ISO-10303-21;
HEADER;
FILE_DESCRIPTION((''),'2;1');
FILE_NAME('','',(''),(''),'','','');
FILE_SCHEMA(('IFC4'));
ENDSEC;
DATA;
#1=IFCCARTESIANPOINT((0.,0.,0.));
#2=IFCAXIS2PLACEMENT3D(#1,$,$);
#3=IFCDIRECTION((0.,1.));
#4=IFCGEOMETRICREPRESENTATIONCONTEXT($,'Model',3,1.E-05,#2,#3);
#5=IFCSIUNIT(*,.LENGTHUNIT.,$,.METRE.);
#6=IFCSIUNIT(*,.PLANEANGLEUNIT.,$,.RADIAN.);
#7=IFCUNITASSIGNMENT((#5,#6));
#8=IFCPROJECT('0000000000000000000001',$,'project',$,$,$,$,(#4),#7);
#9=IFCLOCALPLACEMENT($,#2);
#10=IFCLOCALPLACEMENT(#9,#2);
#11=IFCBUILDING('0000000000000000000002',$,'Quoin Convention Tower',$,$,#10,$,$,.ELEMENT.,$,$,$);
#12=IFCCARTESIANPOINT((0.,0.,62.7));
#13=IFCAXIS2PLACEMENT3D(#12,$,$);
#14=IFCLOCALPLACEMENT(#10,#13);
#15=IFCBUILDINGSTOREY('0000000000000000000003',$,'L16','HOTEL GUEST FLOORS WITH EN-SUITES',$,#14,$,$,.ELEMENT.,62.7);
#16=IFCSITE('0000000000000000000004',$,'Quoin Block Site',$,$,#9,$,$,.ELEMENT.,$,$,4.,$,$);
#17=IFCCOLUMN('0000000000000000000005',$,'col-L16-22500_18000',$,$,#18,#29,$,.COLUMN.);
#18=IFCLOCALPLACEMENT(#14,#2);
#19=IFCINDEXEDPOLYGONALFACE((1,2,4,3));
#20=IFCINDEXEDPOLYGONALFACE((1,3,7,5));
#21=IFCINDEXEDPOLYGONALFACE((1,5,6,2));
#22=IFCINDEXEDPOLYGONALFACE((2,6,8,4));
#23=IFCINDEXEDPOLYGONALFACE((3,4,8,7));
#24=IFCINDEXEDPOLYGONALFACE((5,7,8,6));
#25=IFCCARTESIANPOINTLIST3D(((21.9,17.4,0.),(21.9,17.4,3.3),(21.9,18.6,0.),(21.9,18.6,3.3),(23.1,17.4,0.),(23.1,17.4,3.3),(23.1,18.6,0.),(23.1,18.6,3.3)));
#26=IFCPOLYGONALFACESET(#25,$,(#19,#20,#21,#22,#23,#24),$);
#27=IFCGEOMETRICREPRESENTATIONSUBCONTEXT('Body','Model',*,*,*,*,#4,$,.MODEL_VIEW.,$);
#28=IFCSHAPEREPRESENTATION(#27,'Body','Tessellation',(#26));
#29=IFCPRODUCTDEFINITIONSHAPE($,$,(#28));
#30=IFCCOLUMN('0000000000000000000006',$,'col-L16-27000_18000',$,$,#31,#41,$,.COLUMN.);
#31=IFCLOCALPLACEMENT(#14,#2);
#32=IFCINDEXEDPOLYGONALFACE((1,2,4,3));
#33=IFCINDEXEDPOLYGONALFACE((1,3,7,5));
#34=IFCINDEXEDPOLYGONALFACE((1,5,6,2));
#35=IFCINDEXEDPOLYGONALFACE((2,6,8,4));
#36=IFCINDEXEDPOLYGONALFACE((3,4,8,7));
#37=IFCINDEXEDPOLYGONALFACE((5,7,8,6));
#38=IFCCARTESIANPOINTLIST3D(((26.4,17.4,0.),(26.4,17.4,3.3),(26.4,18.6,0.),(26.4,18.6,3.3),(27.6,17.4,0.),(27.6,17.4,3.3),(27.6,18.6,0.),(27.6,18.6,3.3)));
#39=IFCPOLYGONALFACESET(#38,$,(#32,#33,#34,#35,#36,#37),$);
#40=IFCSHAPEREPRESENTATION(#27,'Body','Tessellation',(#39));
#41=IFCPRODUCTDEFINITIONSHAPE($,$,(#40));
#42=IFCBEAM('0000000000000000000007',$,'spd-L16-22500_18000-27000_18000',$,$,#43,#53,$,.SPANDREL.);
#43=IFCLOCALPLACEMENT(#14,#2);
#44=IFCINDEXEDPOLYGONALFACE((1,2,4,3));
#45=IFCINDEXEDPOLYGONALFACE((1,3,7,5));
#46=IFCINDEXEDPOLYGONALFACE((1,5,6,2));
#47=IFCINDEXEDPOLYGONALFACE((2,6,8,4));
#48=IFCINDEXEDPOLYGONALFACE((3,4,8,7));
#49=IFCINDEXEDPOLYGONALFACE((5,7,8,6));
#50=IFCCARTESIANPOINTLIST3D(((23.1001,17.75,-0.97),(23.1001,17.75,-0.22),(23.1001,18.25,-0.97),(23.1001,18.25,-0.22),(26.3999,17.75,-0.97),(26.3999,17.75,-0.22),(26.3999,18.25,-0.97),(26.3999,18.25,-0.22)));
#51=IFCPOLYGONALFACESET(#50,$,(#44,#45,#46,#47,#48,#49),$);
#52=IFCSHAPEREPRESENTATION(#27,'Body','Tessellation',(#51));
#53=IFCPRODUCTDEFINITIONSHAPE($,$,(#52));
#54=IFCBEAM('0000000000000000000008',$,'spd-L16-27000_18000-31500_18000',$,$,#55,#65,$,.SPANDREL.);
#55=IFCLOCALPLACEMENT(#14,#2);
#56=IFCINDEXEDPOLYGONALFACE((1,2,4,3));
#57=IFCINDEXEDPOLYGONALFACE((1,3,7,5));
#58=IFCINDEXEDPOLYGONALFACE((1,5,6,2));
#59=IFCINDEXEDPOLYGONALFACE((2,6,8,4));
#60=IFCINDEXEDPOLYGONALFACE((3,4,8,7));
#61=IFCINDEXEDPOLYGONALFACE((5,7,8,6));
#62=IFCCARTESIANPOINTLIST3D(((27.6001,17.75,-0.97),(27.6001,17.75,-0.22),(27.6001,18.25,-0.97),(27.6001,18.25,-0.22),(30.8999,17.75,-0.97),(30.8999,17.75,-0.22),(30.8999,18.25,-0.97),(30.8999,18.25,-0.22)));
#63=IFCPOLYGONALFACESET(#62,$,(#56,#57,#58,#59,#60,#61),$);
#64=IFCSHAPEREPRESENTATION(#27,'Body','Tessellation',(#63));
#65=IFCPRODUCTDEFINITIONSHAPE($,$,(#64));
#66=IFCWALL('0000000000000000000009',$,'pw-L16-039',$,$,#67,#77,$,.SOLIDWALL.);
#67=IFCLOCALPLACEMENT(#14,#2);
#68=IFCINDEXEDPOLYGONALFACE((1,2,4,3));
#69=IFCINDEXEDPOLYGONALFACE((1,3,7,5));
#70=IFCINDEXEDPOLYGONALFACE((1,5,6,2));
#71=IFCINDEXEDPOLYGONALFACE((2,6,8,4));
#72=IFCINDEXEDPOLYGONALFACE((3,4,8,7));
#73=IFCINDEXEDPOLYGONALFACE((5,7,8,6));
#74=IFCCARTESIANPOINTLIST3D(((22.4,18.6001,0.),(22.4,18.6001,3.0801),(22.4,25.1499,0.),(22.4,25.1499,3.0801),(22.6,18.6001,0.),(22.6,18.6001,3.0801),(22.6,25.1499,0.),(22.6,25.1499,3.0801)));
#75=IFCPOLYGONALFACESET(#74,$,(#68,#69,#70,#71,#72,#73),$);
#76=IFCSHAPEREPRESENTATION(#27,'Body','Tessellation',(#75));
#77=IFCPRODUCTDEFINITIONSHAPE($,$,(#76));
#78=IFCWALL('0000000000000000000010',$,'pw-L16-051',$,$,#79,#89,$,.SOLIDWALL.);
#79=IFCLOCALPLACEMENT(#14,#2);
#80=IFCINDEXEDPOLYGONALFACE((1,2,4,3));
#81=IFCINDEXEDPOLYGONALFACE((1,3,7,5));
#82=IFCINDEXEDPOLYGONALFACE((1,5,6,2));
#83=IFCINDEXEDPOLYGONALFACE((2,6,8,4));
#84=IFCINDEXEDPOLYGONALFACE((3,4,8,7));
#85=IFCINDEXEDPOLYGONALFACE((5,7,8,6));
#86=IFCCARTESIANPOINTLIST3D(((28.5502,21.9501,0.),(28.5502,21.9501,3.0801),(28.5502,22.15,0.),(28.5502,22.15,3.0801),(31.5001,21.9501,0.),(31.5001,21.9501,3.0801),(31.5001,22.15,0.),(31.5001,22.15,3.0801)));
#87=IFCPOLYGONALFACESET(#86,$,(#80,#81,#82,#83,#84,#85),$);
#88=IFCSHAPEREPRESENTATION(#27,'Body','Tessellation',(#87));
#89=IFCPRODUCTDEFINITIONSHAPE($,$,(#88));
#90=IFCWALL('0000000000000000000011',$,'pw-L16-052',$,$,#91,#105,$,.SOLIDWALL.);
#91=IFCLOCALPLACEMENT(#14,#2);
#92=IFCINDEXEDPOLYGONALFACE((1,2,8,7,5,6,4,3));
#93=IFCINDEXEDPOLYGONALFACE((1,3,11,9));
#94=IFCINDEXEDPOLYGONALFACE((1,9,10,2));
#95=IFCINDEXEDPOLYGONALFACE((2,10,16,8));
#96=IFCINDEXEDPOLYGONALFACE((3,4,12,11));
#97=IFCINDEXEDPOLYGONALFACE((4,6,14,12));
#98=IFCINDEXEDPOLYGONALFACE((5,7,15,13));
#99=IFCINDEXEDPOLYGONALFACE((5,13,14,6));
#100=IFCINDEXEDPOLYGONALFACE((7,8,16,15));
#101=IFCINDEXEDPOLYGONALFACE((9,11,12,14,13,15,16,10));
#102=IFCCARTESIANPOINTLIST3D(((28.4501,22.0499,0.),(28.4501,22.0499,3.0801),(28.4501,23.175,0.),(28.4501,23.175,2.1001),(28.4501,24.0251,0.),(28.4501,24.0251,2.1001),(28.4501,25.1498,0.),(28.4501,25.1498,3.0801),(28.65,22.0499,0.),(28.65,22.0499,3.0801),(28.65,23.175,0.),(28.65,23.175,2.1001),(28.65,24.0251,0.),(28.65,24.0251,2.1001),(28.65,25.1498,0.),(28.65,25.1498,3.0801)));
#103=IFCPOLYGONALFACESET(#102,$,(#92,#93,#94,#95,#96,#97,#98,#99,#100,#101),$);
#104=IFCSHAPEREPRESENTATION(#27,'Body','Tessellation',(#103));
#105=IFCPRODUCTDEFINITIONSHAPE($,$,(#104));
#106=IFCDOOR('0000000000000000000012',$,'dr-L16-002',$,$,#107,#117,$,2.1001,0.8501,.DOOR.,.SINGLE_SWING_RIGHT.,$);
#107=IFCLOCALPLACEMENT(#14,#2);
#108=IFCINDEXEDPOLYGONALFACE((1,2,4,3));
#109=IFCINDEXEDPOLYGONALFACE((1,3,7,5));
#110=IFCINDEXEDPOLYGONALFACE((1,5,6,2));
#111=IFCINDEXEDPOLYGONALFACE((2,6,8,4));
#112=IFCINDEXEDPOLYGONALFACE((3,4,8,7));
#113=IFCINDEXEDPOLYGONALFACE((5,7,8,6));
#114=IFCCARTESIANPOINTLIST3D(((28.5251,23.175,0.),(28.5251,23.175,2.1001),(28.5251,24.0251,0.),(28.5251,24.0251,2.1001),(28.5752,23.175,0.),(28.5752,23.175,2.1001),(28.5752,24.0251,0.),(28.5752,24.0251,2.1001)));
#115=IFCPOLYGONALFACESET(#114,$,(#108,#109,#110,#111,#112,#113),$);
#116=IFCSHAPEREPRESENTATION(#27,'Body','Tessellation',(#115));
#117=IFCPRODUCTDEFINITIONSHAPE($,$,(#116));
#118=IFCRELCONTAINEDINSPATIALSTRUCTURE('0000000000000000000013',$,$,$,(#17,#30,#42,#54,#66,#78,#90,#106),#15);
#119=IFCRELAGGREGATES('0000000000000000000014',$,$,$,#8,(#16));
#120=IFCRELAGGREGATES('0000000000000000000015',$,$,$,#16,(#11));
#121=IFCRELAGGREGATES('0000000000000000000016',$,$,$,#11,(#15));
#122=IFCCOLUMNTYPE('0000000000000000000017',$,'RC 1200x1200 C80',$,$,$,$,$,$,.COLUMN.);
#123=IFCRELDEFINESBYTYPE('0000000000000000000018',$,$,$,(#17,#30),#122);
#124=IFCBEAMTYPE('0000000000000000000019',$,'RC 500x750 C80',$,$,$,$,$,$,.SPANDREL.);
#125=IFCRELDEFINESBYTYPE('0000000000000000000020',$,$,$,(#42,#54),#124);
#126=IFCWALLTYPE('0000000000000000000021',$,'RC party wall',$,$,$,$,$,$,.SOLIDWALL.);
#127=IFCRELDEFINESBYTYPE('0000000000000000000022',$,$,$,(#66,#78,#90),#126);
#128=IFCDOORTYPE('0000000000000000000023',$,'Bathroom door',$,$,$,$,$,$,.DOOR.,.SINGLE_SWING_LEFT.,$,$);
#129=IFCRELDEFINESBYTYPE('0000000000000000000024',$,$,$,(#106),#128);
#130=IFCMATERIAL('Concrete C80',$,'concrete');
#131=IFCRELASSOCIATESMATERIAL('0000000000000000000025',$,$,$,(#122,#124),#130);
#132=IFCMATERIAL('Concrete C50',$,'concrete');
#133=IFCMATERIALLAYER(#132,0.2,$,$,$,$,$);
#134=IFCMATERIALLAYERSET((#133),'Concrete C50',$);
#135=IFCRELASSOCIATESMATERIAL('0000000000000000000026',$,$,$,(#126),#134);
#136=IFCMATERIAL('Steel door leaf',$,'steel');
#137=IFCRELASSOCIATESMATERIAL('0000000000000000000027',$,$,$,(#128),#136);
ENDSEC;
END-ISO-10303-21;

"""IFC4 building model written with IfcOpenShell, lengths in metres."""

from ifc_helpers import new_model, si_unit, direction, frame, frame_2d, origin, origin_2d, place, context, subcontext, project, spatial, rectangle, extrude, material, layer, layer_set, material_profile, profile_set, type_object, element, fill, save


model = new_model("IFC4")

# Units and contexts
model_context = context("Model", 3, precision=1e-05, world=origin(), true_north=direction((0.0, 1.0)))
body_context = subcontext(model_context, "Body", "Model", "MODEL_VIEW")
ifc_project = project(units=[si_unit("LENGTHUNIT", "METRE"), si_unit("PLANEANGLEUNIT", "RADIAN")], contexts=[model_context])

# Site, building, storey
site_placement = place(None, origin())
site = spatial("IfcSite", under=ifc_project, at=site_placement, Name="Quoin Block Site", CompositionType="ELEMENT", RefElevation=4.0)
building_placement = place(site_placement, origin())
building = spatial("IfcBuilding", under=site, at=building_placement, Name="Quoin Convention Tower", CompositionType="ELEMENT")
storey_placement = place(building_placement, frame((0.0, 0.0, 62.7)))
storey = spatial("IfcBuildingStorey", under=building, at=storey_placement, Name="L16", Description="HOTEL GUEST FLOORS WITH EN-SUITES", CompositionType="ELEMENT", Elevation=62.7)

# Columns
ifc_material_1 = material(Name="Concrete C80", Category="concrete")
ifc_material_profile_1 = material_profile(ifc_material_1, rectangle(XDim=1.2, YDim=1.2, at=origin_2d()), Name="RC 1200x1200")
ifc_profile_set_1 = profile_set([ifc_material_profile_1], Name="Concrete C80")
column_type = type_object("IfcColumnType", Name="RC 1200x1200 C80", PredefinedType="COLUMN", material=ifc_profile_set_1)
for number, where, z_axis, x_axis, name in (
    (1, (22.5, 18.0, 0.0), (0.0, 0.0, 1.0), (1.0, 0.0, 0.0), "col-L16-22500_18000"),
    (2, (27.0, 18.0, 0.0), (0.0, 0.0, 1.0), (1.0, 0.0, 0.0), "col-L16-27000_18000"),
):
    element("IfcColumn", number, at=place(storey_placement, frame(where, z_axis=z_axis, x_axis=x_axis)), inside=storey, type_object=column_type, Name=name, PredefinedType="COLUMN", context=body_context, shape_type="SweptSolid", body=[
        extrude(rectangle(XDim=1.2, YDim=1.2, at=origin_2d()), origin(), (0.0, 0.0, 1.0), 3.3),
    ])

# Beams
ifc_material_profile_2 = material_profile(ifc_material_1, rectangle(XDim=0.5, YDim=0.75, at=origin_2d()), Name="RC 500x750")
ifc_profile_set_2 = profile_set([ifc_material_profile_2], Name="Concrete C80")
beam_type = type_object("IfcBeamType", Name="RC 500x750 C80", PredefinedType="SPANDREL", material=ifc_profile_set_2)
for number, where, z_axis, x_axis, name in (
    (3, (23.1001, 18.0, -0.595), (1.0, 0.0, 0.0), (0.0, 1.0, 0.0), "spd-L16-22500_18000-27000_18000"),
    (4, (27.6001, 18.0, -0.595), (1.0, 0.0, 0.0), (0.0, 1.0, 0.0), "spd-L16-27000_18000-31500_18000"),
):
    element("IfcBeam", number, at=place(storey_placement, frame(where, z_axis=z_axis, x_axis=x_axis)), inside=storey, type_object=beam_type, Name=name, PredefinedType="SPANDREL", context=body_context, shape_type="SweptSolid", body=[
        extrude(rectangle(XDim=0.5, YDim=0.75, at=origin_2d()), origin(), (0.0, 0.0, 1.0), 3.2998),
    ])

# Walls
ifc_material_2 = material(Name="Concrete C50", Category="concrete")
ifc_layer_1 = layer(ifc_material_2, 0.2)
ifc_layer_set_1 = layer_set([ifc_layer_1], Name="Concrete C50")
wall_type_1 = type_object("IfcWallType", Name="RC party wall", PredefinedType="SOLIDWALL", material=ifc_layer_set_1)
wall_1_placement = place(storey_placement, frame((22.5, 18.6001, 0.0), z_axis=(0.0, 0.0, 1.0), x_axis=(0.0, 1.0, 0.0)))
element("IfcWall", 5, at=wall_1_placement, inside=storey, type_object=wall_type_1, Name="pw-L16-039", PredefinedType="SOLIDWALL", context=body_context, shape_type="SweptSolid", body=[
    extrude(rectangle(XDim=6.5498, YDim=0.2, at=frame_2d((3.2749, 0.0))), origin(), (0.0, 0.0, 1.0), 3.0801),
])
wall_2_placement = place(storey_placement, frame((28.55, 22.05, 0.0), z_axis=(0.0, 0.0, 1.0), x_axis=(1.0, 0.0, 0.0)))
element("IfcWall", 6, at=wall_2_placement, inside=storey, type_object=wall_type_1, Name="pw-L16-051", PredefinedType="SOLIDWALL", context=body_context, shape_type="SweptSolid", body=[
    extrude(rectangle(XDim=2.95, YDim=0.2, at=frame_2d((1.4751, 0.0))), origin(), (0.0, 0.0, 1.0), 3.0801),
])

# Wall, opening, door
wall_3_placement = place(storey_placement, frame((28.55, 22.05, 0.0), z_axis=(0.0, 0.0, 1.0), x_axis=(0.0, 1.0, 0.0)))
wall_3 = element("IfcWall", 7, at=wall_3_placement, inside=storey, type_object=wall_type_1, Name="pw-L16-052", PredefinedType="SOLIDWALL", context=body_context, shape_type="SweptSolid", body=[
    extrude(rectangle(XDim=3.0999, YDim=0.2, at=frame_2d((1.5498, 0.0))), origin(), (0.0, 0.0, 1.0), 3.0801),
])
opening_1_placement = place(wall_3_placement, frame((1.125, 0.0, 0.0)))
opening_1 = element("IfcOpeningElement", 8, at=opening_1_placement, cuts=wall_3, PredefinedType="OPENING", context=body_context, shape_type="SweptSolid", body=[
    extrude(rectangle(XDim=0.8501, YDim=2.1001, at=frame_2d((0.425, 1.05))), frame((0.0, 0.1099, 0.0), z_axis=(0.0, -1.0, 0.0), x_axis=(1.0, 0.0, 0.0)), (0.0, 0.0, 1.0), 0.22),
])
ifc_material_3 = material(Name="Steel door leaf", Category="steel")
door_type_1 = type_object("IfcDoorType", Name="Bathroom door", OperationType="SINGLE_SWING_LEFT", PredefinedType="DOOR", material=ifc_material_3)
door_1_placement = place(opening_1_placement, origin())
door_1 = element("IfcDoor", 9, at=door_1_placement, inside=storey, type_object=door_type_1, Name="dr-L16-002", OperationType="SINGLE_SWING_RIGHT", OverallHeight=2.1001, OverallWidth=0.8501, PredefinedType="DOOR", context=body_context, shape_type="SweptSolid", body=[
    extrude(rectangle(XDim=0.8501, YDim=2.1001, at=frame_2d((0.425, 1.05))), frame((0.0, 0.0249, 0.0), z_axis=(0.0, -1.0, 0.0), x_axis=(1.0, 0.0, 0.0)), (0.0, 0.0, 1.0), 0.05),
])
fill(opening_1, door_1)

save(model, "model.ifc")
